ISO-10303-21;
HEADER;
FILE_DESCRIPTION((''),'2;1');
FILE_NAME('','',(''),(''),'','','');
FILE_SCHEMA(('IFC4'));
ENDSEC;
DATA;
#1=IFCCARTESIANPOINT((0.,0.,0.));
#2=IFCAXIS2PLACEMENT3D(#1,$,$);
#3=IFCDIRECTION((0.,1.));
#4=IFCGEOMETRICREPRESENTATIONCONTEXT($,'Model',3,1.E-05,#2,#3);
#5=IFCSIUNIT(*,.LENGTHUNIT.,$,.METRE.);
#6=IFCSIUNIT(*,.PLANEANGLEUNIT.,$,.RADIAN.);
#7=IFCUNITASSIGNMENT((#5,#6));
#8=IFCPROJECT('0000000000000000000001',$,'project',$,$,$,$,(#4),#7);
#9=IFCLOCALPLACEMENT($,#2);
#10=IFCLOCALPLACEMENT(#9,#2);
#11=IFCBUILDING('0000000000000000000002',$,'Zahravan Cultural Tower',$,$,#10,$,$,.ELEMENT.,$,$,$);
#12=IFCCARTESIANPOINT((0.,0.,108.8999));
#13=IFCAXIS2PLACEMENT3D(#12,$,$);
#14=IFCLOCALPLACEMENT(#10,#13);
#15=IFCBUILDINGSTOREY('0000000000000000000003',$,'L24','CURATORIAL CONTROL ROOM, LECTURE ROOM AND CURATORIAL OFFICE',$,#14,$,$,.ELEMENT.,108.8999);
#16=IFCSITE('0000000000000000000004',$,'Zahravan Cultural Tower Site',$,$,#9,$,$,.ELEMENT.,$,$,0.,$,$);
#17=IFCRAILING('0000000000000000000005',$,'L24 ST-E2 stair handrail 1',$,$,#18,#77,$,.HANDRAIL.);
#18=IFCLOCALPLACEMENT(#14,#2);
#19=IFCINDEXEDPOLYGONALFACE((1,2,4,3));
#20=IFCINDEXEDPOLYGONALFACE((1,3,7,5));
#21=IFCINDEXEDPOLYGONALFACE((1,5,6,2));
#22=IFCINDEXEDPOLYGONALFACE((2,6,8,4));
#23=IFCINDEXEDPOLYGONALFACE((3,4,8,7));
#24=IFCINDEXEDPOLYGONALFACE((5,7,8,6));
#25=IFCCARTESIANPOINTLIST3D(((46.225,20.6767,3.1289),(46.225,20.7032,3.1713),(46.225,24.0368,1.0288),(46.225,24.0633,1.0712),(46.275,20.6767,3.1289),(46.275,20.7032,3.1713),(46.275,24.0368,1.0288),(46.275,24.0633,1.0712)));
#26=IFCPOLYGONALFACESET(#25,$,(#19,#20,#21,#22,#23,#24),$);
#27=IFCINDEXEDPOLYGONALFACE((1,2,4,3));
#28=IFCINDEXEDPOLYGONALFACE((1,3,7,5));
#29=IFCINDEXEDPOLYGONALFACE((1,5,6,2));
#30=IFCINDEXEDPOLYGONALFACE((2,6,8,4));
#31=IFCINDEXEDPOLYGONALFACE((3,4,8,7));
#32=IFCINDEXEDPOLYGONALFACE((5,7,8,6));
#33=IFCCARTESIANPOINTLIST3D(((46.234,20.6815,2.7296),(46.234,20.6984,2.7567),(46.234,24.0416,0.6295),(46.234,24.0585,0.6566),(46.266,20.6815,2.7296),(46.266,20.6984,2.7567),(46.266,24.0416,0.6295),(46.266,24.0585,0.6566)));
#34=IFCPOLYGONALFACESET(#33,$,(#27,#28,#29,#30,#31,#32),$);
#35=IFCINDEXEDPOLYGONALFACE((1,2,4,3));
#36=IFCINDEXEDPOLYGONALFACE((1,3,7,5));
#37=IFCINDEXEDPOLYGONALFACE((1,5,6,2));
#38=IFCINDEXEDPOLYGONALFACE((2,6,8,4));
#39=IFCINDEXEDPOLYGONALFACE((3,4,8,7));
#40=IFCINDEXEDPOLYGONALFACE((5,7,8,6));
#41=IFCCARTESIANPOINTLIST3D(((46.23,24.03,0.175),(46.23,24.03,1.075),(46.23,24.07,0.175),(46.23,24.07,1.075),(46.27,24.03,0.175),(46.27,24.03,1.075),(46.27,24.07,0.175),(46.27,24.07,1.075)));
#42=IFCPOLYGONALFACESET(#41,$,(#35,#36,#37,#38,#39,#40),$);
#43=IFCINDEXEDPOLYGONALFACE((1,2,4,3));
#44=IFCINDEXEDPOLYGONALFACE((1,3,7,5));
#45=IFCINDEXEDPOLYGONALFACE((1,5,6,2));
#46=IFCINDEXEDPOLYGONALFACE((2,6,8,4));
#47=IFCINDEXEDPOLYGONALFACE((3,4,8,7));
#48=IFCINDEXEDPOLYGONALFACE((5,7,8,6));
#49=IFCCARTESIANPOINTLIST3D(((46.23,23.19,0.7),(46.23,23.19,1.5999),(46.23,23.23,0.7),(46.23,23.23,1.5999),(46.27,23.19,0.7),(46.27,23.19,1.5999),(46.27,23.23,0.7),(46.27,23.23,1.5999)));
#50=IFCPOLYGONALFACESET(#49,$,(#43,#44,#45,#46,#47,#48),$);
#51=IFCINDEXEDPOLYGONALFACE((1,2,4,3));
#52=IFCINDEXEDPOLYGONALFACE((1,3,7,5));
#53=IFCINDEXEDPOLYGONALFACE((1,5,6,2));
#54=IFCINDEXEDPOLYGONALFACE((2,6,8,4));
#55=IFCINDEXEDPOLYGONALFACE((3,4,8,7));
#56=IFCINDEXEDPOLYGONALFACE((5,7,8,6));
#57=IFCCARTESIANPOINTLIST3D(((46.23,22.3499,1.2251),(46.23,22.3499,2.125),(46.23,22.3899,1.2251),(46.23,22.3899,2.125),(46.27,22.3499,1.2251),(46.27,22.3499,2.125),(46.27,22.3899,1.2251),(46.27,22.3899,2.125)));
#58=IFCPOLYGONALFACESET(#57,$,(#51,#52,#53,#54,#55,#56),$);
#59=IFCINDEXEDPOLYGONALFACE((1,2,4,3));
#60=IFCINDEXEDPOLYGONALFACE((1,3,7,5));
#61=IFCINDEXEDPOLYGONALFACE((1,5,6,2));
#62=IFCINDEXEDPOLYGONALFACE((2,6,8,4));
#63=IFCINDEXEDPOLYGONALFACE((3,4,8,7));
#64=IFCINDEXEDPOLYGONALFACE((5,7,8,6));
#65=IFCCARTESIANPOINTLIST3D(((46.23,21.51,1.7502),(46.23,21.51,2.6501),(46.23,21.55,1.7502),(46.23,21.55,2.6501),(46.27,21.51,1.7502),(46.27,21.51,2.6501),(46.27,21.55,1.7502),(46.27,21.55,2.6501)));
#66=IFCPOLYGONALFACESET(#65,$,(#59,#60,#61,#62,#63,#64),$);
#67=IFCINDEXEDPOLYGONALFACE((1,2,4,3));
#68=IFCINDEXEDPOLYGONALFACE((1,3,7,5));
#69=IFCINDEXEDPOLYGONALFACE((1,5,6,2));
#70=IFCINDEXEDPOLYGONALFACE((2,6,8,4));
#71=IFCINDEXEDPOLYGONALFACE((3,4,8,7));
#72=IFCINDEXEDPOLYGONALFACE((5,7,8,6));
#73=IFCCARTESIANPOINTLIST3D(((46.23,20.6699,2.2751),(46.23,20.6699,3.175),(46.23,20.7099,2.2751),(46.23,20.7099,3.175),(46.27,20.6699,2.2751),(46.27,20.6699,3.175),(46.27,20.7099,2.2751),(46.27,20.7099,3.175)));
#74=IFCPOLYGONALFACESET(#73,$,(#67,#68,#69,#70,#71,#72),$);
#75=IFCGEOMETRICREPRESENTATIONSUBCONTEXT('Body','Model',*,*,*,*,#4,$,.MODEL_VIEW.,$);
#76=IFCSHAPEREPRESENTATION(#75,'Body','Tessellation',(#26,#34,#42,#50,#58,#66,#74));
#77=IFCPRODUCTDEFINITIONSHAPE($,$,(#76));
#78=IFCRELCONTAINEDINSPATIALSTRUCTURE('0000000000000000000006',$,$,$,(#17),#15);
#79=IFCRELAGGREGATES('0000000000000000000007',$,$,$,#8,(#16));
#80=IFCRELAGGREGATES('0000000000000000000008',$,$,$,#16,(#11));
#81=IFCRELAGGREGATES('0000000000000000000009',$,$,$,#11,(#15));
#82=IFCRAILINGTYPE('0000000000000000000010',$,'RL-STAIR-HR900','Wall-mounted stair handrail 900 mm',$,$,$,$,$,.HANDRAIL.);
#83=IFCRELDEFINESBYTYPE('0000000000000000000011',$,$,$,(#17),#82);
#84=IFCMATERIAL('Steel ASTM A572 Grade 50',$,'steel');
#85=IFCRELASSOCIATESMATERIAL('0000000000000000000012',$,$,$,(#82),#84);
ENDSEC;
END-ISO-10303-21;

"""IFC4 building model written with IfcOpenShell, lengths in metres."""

from ifc_helpers import new_model, si_unit, direction, frame, origin, origin_2d, place, context, subcontext, project, spatial, rectangle, extrude, material, type_object, element, save


model = new_model("IFC4")

# Units and contexts
model_context = context("Model", 3, precision=1e-05, world=origin(), true_north=direction((0.0, 1.0)))
body_context = subcontext(model_context, "Body", "Model", "MODEL_VIEW")
ifc_project = project(units=[si_unit("LENGTHUNIT", "METRE"), si_unit("PLANEANGLEUNIT", "RADIAN")], contexts=[model_context])

# Site, building, storey
site_placement = place(None, origin())
site = spatial("IfcSite", under=ifc_project, at=site_placement, Name="Zahravan Cultural Tower Site", CompositionType="ELEMENT", RefElevation=0.0)
building_placement = place(site_placement, origin())
building = spatial("IfcBuilding", under=site, at=building_placement, Name="Zahravan Cultural Tower", CompositionType="ELEMENT")
storey_placement = place(building_placement, frame((0.0, 0.0, 108.8999)))
storey = spatial("IfcBuildingStorey", under=building, at=storey_placement, Name="L24", Description="CURATORIAL CONTROL ROOM, LECTURE ROOM AND CURATORIAL OFFICE", CompositionType="ELEMENT", Elevation=108.8999)

# Shared definitions
ifc_material_1 = material(Name="Steel ASTM A572 Grade 50", Category="steel")

# Railing
railing_type_1 = type_object("IfcRailingType", Name="RL-STAIR-HR900", Description="Wall-mounted stair handrail 900 mm", PredefinedType="HANDRAIL", material=ifc_material_1)
railing_1_placement = place(storey_placement, frame((46.25, 24.05, 0.175)))
element("IfcRailing", 1, at=railing_1_placement, inside=storey, type_object=railing_type_1, Name="L24 ST-E2 stair handrail 1", PredefinedType="HANDRAIL", context=body_context, shape_type="SweptSolid", body=[
    extrude(rectangle(XDim=0.05, YDim=0.05, at=origin_2d()), frame((0.0, 0.0, 0.875), z_axis=(0.0, -0.847995, 0.530004), x_axis=(1.0, 0.0, 0.0)), (0.0, 0.0, 1.0), 3.9624),
    extrude(rectangle(XDim=0.032, YDim=0.032, at=origin_2d()), frame((0.0, 0.0, 0.468), z_axis=(0.0, -0.847995, 0.530004), x_axis=(1.0, 0.0, 0.0)), (0.0, 0.0, 1.0), 3.9624),
    extrude(rectangle(XDim=0.04, YDim=0.04, at=origin_2d()), origin(), (0.0, 0.0, 1.0), 0.8999),
    extrude(rectangle(XDim=0.04, YDim=0.04, at=origin_2d()), frame((0.0, -0.8401, 0.5249)), (0.0, 0.0, 1.0), 0.8999),
    extrude(rectangle(XDim=0.04, YDim=0.04, at=origin_2d()), frame((0.0, -1.6802, 1.05)), (0.0, 0.0, 1.0), 0.8999),
    extrude(rectangle(XDim=0.04, YDim=0.04, at=origin_2d()), frame((0.0, -2.52, 1.5752)), (0.0, 0.0, 1.0), 0.8999),
    extrude(rectangle(XDim=0.04, YDim=0.04, at=origin_2d()), frame((0.0, -3.3601, 2.1001)), (0.0, 0.0, 1.0), 0.8999),
])

save(model, "model.ifc")
